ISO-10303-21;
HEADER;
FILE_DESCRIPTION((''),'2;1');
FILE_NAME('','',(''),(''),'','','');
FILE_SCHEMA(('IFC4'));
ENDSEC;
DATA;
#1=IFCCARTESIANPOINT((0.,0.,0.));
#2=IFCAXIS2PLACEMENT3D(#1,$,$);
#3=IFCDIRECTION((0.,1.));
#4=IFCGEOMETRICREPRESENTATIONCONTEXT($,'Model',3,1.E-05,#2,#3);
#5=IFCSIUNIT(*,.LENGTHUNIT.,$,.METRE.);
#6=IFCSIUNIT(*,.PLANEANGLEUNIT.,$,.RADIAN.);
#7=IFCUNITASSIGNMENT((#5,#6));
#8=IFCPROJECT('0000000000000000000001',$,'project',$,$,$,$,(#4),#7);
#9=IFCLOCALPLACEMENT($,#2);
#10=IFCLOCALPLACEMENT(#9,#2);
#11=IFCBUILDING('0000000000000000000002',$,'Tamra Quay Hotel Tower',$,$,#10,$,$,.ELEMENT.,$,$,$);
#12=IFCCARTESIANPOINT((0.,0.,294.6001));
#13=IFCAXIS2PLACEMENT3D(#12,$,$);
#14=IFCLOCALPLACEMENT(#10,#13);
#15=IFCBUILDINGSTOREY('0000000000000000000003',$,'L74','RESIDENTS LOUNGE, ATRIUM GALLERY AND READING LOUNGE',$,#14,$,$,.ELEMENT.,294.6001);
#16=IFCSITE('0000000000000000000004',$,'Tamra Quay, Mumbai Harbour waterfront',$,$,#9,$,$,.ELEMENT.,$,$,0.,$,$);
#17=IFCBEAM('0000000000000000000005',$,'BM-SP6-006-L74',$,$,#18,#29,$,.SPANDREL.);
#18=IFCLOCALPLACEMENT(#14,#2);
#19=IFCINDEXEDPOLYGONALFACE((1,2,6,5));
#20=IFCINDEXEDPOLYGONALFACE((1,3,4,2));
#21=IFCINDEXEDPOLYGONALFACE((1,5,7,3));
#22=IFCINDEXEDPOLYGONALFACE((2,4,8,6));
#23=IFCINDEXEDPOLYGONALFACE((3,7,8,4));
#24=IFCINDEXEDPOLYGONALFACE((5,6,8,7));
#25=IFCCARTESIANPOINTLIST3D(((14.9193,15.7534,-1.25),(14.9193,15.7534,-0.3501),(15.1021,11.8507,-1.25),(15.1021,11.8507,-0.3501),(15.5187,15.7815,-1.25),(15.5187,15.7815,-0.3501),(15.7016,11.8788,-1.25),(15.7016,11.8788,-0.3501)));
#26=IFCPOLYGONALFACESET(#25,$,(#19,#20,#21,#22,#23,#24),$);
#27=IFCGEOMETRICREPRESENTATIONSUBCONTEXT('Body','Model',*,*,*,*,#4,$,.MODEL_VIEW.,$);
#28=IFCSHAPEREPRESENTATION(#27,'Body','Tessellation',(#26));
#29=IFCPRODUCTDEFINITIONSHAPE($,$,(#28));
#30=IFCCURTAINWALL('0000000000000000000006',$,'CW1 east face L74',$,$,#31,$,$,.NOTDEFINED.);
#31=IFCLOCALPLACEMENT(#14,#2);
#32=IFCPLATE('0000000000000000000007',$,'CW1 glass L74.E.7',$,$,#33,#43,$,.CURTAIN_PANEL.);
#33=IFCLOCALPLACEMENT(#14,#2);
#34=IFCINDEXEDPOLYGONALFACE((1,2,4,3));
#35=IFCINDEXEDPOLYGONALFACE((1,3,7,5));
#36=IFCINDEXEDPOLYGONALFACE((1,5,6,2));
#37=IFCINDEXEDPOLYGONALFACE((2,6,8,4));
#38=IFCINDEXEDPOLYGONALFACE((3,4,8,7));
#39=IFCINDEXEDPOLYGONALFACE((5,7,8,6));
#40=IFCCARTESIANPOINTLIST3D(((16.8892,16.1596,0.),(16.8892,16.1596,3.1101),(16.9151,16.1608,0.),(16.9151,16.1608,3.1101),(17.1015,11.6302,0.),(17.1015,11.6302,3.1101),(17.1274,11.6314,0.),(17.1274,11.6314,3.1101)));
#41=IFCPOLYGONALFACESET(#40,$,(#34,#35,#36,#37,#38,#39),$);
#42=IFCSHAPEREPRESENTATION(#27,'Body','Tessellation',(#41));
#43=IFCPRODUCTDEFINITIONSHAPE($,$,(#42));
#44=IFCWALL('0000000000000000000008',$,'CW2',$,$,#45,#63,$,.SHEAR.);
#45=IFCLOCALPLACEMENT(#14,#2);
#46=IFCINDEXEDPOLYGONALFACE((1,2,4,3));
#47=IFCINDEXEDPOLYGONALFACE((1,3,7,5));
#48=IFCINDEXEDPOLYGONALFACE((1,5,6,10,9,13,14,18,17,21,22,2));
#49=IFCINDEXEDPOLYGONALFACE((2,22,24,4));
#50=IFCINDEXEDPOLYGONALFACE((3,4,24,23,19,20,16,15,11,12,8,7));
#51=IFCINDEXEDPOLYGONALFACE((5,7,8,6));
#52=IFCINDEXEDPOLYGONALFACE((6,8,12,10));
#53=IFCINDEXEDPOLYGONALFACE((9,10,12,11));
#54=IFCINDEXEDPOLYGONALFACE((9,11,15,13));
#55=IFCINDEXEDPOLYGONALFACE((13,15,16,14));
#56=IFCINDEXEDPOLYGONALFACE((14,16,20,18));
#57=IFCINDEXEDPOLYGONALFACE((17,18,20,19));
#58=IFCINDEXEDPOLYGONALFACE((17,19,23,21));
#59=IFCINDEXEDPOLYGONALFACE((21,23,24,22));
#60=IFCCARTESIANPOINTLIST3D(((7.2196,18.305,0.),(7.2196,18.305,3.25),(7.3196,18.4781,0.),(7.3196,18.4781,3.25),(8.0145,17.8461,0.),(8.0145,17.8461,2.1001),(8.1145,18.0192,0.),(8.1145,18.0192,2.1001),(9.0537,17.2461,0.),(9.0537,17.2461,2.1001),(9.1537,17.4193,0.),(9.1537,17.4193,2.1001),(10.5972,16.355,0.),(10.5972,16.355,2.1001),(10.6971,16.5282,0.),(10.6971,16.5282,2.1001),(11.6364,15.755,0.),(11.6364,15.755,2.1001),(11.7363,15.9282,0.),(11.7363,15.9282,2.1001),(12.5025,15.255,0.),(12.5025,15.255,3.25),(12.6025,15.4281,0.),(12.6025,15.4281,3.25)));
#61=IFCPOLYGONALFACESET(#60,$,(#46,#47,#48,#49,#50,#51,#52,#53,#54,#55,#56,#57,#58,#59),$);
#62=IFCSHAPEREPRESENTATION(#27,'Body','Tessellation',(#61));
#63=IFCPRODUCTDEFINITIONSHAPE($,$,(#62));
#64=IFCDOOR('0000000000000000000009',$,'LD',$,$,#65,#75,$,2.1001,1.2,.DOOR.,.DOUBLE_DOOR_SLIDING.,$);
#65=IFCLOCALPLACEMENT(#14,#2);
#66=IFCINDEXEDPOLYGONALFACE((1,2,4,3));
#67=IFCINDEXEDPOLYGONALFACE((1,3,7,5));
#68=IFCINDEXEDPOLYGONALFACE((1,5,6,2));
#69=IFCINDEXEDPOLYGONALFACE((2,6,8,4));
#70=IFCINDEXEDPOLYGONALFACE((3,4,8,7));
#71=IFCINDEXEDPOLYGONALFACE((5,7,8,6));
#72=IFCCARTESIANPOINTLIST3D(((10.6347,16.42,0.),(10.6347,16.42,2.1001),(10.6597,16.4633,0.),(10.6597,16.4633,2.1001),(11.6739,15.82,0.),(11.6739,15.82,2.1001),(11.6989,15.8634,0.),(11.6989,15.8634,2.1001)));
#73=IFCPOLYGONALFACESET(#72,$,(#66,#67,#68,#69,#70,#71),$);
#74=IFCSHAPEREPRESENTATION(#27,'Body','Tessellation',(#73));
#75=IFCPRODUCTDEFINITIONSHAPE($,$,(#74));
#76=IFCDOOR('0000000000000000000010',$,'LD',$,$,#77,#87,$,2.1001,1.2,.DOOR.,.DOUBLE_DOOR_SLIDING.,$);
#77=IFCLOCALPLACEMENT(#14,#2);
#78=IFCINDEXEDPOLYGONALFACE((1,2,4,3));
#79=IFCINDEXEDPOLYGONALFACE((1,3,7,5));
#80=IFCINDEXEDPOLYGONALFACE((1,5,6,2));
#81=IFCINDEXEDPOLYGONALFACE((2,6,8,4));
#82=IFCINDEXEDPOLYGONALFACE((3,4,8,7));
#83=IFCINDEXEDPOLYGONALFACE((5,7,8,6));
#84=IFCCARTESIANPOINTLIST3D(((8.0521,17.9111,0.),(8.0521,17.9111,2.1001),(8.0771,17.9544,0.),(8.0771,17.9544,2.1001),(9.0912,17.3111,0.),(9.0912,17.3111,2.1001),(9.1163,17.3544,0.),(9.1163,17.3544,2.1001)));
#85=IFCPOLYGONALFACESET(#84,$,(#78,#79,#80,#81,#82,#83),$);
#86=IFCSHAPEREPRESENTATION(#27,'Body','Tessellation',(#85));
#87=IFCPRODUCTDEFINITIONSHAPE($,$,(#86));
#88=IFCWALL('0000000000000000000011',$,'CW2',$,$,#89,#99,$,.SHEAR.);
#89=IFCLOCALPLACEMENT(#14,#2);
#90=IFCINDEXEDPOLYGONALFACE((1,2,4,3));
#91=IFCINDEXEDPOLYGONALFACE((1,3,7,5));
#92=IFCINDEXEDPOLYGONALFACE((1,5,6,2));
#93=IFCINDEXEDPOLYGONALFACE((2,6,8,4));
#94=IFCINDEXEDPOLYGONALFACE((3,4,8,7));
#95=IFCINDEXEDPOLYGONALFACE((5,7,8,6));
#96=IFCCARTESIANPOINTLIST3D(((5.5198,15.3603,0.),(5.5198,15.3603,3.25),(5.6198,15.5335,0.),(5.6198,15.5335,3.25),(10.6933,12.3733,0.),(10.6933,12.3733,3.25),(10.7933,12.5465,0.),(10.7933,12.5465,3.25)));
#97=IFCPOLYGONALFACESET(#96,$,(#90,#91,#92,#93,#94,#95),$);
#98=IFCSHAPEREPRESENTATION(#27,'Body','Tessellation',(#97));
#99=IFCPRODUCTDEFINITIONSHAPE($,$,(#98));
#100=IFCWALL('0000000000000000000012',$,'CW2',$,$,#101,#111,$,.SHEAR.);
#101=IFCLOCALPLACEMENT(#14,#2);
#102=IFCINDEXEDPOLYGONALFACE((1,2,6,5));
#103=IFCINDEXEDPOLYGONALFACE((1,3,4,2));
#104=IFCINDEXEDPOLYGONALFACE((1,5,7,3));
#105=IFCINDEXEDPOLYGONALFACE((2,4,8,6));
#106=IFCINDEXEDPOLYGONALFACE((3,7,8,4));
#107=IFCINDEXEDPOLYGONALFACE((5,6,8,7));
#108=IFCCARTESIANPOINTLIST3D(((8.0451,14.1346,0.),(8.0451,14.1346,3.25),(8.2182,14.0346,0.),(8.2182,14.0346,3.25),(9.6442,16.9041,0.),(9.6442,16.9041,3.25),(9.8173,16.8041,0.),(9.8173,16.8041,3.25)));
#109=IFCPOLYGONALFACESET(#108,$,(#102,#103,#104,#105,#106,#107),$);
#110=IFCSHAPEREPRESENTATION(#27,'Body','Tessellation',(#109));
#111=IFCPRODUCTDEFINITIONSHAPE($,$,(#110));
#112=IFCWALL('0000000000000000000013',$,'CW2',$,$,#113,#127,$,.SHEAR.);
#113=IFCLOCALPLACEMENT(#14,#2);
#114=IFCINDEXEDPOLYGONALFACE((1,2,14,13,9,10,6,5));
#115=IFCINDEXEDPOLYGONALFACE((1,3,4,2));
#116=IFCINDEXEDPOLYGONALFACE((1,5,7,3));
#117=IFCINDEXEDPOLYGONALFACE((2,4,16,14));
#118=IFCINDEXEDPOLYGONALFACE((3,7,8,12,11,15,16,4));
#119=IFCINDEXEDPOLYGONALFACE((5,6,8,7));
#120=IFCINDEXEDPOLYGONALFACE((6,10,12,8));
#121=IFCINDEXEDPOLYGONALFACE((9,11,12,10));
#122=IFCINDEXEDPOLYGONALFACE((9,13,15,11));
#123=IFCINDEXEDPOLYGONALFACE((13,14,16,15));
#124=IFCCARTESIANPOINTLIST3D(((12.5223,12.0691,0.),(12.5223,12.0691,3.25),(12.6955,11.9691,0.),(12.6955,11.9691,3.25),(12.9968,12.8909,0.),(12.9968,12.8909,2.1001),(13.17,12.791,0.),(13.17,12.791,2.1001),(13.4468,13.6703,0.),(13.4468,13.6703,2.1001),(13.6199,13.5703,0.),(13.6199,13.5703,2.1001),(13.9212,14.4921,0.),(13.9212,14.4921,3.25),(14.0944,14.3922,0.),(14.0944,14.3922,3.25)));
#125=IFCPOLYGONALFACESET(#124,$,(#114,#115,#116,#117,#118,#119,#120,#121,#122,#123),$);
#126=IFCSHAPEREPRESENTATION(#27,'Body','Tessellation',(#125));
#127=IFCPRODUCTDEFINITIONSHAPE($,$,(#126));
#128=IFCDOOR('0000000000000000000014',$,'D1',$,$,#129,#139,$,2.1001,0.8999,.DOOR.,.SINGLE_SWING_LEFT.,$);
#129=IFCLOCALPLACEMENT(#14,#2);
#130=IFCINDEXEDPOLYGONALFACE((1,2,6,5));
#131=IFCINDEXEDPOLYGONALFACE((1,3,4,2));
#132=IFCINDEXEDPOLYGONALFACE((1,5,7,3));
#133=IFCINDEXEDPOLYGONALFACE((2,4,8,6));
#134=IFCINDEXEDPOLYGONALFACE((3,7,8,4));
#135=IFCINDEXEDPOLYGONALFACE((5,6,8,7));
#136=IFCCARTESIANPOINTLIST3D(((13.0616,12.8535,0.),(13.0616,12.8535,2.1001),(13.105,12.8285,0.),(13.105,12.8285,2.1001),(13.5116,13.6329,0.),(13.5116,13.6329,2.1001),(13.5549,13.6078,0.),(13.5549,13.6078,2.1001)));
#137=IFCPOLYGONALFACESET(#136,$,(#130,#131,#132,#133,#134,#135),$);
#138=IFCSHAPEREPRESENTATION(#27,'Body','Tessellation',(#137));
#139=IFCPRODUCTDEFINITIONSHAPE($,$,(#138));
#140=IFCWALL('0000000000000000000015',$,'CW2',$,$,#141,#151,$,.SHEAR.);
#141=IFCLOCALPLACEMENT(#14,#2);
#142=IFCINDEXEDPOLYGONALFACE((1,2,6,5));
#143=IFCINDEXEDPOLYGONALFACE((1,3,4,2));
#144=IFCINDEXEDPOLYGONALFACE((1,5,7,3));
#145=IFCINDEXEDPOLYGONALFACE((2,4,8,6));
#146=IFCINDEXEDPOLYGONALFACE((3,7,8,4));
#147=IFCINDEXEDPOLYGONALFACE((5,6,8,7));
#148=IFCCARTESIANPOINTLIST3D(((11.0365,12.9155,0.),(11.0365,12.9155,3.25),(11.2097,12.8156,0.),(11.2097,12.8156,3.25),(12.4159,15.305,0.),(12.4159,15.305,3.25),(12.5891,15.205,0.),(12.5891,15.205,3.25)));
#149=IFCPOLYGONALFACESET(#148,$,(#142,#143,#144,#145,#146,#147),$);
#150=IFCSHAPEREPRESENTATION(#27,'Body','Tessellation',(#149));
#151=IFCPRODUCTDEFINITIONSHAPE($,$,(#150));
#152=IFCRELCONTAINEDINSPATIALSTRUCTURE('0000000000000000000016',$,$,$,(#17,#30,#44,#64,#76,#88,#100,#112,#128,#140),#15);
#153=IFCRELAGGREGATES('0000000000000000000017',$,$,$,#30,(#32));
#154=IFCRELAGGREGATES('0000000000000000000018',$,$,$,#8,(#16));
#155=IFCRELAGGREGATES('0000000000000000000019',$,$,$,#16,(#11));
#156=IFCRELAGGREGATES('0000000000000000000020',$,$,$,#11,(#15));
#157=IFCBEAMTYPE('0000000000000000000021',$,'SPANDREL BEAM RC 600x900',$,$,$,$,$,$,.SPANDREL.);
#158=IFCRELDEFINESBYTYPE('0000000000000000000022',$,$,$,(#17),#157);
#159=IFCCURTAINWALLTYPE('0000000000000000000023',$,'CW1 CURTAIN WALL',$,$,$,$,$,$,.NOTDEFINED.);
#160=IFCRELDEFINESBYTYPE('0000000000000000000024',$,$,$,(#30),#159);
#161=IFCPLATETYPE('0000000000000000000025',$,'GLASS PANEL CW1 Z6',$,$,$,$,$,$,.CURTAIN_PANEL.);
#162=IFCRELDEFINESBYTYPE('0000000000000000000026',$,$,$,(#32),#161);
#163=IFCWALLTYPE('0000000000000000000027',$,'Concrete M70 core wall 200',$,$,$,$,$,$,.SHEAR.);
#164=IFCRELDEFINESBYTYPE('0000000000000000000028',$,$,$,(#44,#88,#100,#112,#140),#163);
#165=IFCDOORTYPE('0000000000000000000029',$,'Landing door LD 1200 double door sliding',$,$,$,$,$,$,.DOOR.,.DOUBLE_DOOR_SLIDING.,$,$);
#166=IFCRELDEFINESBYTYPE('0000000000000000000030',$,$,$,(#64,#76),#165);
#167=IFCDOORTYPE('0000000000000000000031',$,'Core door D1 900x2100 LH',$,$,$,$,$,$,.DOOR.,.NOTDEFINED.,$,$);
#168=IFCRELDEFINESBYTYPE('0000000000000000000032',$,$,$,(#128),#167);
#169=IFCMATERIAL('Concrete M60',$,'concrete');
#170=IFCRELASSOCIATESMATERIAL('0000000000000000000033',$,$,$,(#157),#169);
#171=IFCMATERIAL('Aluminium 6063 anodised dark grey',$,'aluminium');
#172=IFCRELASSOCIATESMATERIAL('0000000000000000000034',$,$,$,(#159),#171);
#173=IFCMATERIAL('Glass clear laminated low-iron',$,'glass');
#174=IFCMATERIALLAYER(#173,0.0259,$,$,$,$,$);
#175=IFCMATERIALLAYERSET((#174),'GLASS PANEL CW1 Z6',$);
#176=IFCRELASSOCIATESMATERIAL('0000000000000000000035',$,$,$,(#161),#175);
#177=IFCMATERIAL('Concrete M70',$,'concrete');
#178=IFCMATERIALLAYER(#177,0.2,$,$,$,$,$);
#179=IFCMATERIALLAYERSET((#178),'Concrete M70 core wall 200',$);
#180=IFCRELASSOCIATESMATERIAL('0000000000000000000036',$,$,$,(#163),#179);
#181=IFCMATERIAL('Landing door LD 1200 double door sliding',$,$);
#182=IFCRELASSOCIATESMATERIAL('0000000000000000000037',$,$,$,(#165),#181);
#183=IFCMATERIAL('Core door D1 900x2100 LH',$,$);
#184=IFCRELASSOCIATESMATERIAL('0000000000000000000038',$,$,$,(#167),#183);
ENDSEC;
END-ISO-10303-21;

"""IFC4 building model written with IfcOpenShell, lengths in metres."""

from ifc_helpers import new_model, si_unit, direction, frame, frame_2d, origin, origin_2d, place, context, subcontext, project, spatial, rectangle, extrude, material, layer, layer_set, material_profile, profile_set, type_object, element, fill, aggregate, save


model = new_model("IFC4")

# Units and contexts
model_context = context("Model", 3, precision=1e-05, world=origin(), true_north=direction((0.0, 1.0)))
body_context = subcontext(model_context, "Body", "Model", "MODEL_VIEW")
ifc_project = project(units=[si_unit("LENGTHUNIT", "METRE"), si_unit("PLANEANGLEUNIT", "RADIAN")], contexts=[model_context])

# Site, building, storey
site_placement = place(None, origin())
site = spatial("IfcSite", under=ifc_project, at=site_placement, Name="Tamra Quay, Mumbai Harbour waterfront", CompositionType="ELEMENT", RefElevation=0.0)
building_placement = place(site_placement, origin())
building = spatial("IfcBuilding", under=site, at=building_placement, Name="Tamra Quay Hotel Tower", CompositionType="ELEMENT")
storey_placement = place(building_placement, frame((0.0, 0.0, 294.6001)))
storey = spatial("IfcBuildingStorey", under=building, at=storey_placement, Name="L74", Description="RESIDENTS LOUNGE, ATRIUM GALLERY AND READING LOUNGE", CompositionType="ELEMENT", Elevation=294.6001)

# Beam
ifc_material_1 = material(Name="Concrete M60", Category="concrete")
ifc_material_profile = material_profile(ifc_material_1, rectangle(XDim=0.6001, YDim=0.8999, at=origin_2d()), Name="SPANDREL BEAM RC 600x900")
ifc_profile_set = profile_set([ifc_material_profile], Name="Concrete M60")
beam_type = type_object("IfcBeamType", Name="SPANDREL BEAM RC 600x900", PredefinedType="SPANDREL", material=ifc_profile_set)
beam_placement = place(storey_placement, frame((15.4019, 11.8647, -0.8), z_axis=(-0.046805, 0.998904, 0.0), x_axis=(-0.998904, -0.046805, 0.0)))
element("IfcBeam", 1, at=beam_placement, inside=storey, type_object=beam_type, Name="BM-SP6-006-L74", PredefinedType="SPANDREL", context=body_context, shape_type="SweptSolid", body=[
    extrude(rectangle(XDim=0.6001, YDim=0.8999, at=origin_2d()), origin(), (0.0, 0.0, 1.0), 3.907),
])

# Curtain wall, plate
ifc_material_2 = material(Name="Aluminium 6063 anodised dark grey", Category="aluminium")
curtain_wall_type = type_object("IfcCurtainWallType", Name="CW1 CURTAIN WALL", PredefinedType="NOTDEFINED", material=ifc_material_2)
curtain_wall_placement = place(storey_placement, origin())
curtain_wall = element("IfcCurtainWall", 2, at=curtain_wall_placement, inside=storey, type_object=curtain_wall_type, Name="CW1 east face L74", PredefinedType="NOTDEFINED")
ifc_material_3 = material(Name="Glass clear laminated low-iron", Category="glass")
ifc_layer_1 = layer(ifc_material_3, 0.0259)
ifc_layer_set_1 = layer_set([ifc_layer_1], Name="GLASS PANEL CW1 Z6")
plate_type = type_object("IfcPlateType", Name="GLASS PANEL CW1 Z6", PredefinedType="CURTAIN_PANEL", material=ifc_layer_set_1)
plate_placement = place(storey_placement, frame((17.0083, 13.8955, 0.0), z_axis=(0.0, 0.0, 1.0), x_axis=(-0.046821, 0.998903, 0.0)))
plate = element("IfcPlate", 3, at=plate_placement, type_object=plate_type, Name="CW1 glass L74.E.7", PredefinedType="CURTAIN_PANEL", context=body_context, shape_type="SweptSolid", body=[
    extrude(rectangle(XDim=4.5344, YDim=0.0259, at=origin_2d()), origin(), (0.0, 0.0, 1.0), 3.1101),
])
aggregate(curtain_wall, [plate])

# Wall, openings, doors
ifc_material_4 = material(Name="Concrete M70", Category="concrete")
ifc_layer_2 = layer(ifc_material_4, 0.2)
ifc_layer_set_2 = layer_set([ifc_layer_2], Name="Concrete M70 core wall 200")
wall_type_1 = type_object("IfcWallType", Name="Concrete M70 core wall 200", PredefinedType="SHEAR", material=ifc_layer_set_2)
wall_1_placement = place(storey_placement, frame((12.5525, 15.3416, 0.0), z_axis=(0.0, 0.0, 1.0), x_axis=(-0.86603, 0.499992, 0.0)))
wall_1 = element("IfcWall", 4, at=wall_1_placement, inside=storey, type_object=wall_type_1, Name="CW2", PredefinedType="SHEAR", context=body_context, shape_type="SweptSolid", body=[
    extrude(rectangle(XDim=6.1001, YDim=0.2, at=frame_2d((3.05, 0.0))), origin(), (0.0, 0.0, 1.0), 3.25),
])
opening_1_placement = place(wall_1_placement, frame((1.0, 0.0, 0.0)))
opening_1 = element("IfcOpeningElement", 5, at=opening_1_placement, cuts=wall_1, PredefinedType="OPENING", context=body_context, shape_type="SweptSolid", body=[
    extrude(rectangle(XDim=1.2, YDim=2.1001, at=frame_2d((0.6001, 1.05))), frame((0.0, 0.1099, 0.0), z_axis=(0.0, -1.0, 0.0), x_axis=(1.0, 0.0, 0.0)), (0.0, 0.0, 1.0), 0.22),
])
opening_2_placement = place(wall_1_placement, frame((3.9822, 0.0, 0.0)))
opening_2 = element("IfcOpeningElement", 6, at=opening_2_placement, cuts=wall_1, PredefinedType="OPENING", context=body_context, shape_type="SweptSolid", body=[
    extrude(rectangle(XDim=1.2, YDim=2.1001, at=frame_2d((0.6001, 1.05))), frame((0.0, 0.1099, 0.0), z_axis=(0.0, -1.0, 0.0), x_axis=(1.0, 0.0, 0.0)), (0.0, 0.0, 1.0), 0.22),
])
ifc_material_5 = material(Name="Landing door LD 1200 double door sliding")
door_type_1 = type_object("IfcDoorType", Name="Landing door LD 1200 double door sliding", OperationType="DOUBLE_DOOR_SLIDING", PredefinedType="DOOR", material=ifc_material_5)
door_1_placement = place(opening_1_placement, origin())
door_1 = element("IfcDoor", 7, at=door_1_placement, inside=storey, type_object=door_type_1, Name="LD", OperationType="DOUBLE_DOOR_SLIDING", OverallHeight=2.1001, OverallWidth=1.2, PredefinedType="DOOR", context=body_context, shape_type="SweptSolid", body=[
    extrude(rectangle(XDim=1.2, YDim=2.1001, at=frame_2d((0.6001, 1.05))), frame((0.0, 0.0249, 0.0), z_axis=(0.0, -1.0, 0.0), x_axis=(1.0, 0.0, 0.0)), (0.0, 0.0, 1.0), 0.05),
])
fill(opening_1, door_1)
door_2_placement = place(opening_2_placement, origin())
door_2 = element("IfcDoor", 8, at=door_2_placement, inside=storey, type_object=door_type_1, Name="LD", OperationType="DOUBLE_DOOR_SLIDING", OverallHeight=2.1001, OverallWidth=1.2, PredefinedType="DOOR", context=body_context, shape_type="SweptSolid", body=[
    extrude(rectangle(XDim=1.2, YDim=2.1001, at=frame_2d((0.6001, 1.05))), frame((0.0, 0.0249, 0.0), z_axis=(0.0, -1.0, 0.0), x_axis=(1.0, 0.0, 0.0)), (0.0, 0.0, 1.0), 0.05),
])
fill(opening_2, door_2)

# Walls
wall_2_placement = place(storey_placement, frame((10.7432, 12.46, 0.0), z_axis=(0.0, 0.0, 1.0), x_axis=(-0.866019, 0.500011, 0.0)))
element("IfcWall", 9, at=wall_2_placement, inside=storey, type_object=wall_type_1, Name="CW2", PredefinedType="SHEAR", context=body_context, shape_type="SweptSolid", body=[
    extrude(rectangle(XDim=5.9739, YDim=0.2, at=frame_2d((2.9868, 0.0))), origin(), (0.0, 0.0, 1.0), 3.25),
])
wall_3_placement = place(storey_placement, frame((8.1316, 14.0845, 0.0), z_axis=(0.0, 0.0, 1.0), x_axis=(0.500031, 0.866008, 0.0)))
element("IfcWall", 10, at=wall_3_placement, inside=storey, type_object=wall_type_1, Name="CW2", PredefinedType="SHEAR", context=body_context, shape_type="SweptSolid", body=[
    extrude(rectangle(XDim=3.198, YDim=0.2, at=frame_2d((1.5991, 0.0))), origin(), (0.0, 0.0, 1.0), 3.25),
])

# Wall, opening, door
wall_4_placement = place(storey_placement, frame((14.0078, 14.4421, 0.0), z_axis=(0.0, 0.0, 1.0), x_axis=(-0.499987, -0.866033, 0.0)))
wall_4 = element("IfcWall", 11, at=wall_4_placement, inside=storey, type_object=wall_type_1, Name="CW2", PredefinedType="SHEAR", context=body_context, shape_type="SweptSolid", body=[
    extrude(rectangle(XDim=2.7979, YDim=0.2, at=frame_2d((1.3989, 0.0))), origin(), (0.0, 0.0, 1.0), 3.25),
])
opening_3_placement = place(wall_4_placement, frame((0.949, 0.0, 0.0)))
opening_3 = element("IfcOpeningElement", 12, at=opening_3_placement, cuts=wall_4, PredefinedType="OPENING", context=body_context, shape_type="SweptSolid", body=[
    extrude(rectangle(XDim=0.8999, YDim=2.1001, at=frame_2d((0.45, 1.05))), frame((0.0, 0.1099, 0.0), z_axis=(0.0, -1.0, 0.0), x_axis=(1.0, 0.0, 0.0)), (0.0, 0.0, 1.0), 0.22),
])
ifc_material_6 = material(Name="Core door D1 900x2100 LH")
door_type_2 = type_object("IfcDoorType", Name="Core door D1 900x2100 LH", OperationType="NOTDEFINED", PredefinedType="DOOR", material=ifc_material_6)
door_3_placement = place(opening_3_placement, origin())
door_3 = element("IfcDoor", 13, at=door_3_placement, inside=storey, type_object=door_type_2, Name="D1", OperationType="SINGLE_SWING_LEFT", OverallHeight=2.1001, OverallWidth=0.8999, PredefinedType="DOOR", context=body_context, shape_type="SweptSolid", body=[
    extrude(rectangle(XDim=0.8999, YDim=2.1001, at=frame_2d((0.45, 1.05))), frame((0.0, 0.0249, 0.0), z_axis=(0.0, -1.0, 0.0), x_axis=(1.0, 0.0, 0.0)), (0.0, 0.0, 1.0), 0.05),
])
fill(opening_3, door_3)

# Wall
wall_5_placement = place(storey_placement, frame((12.5024, 15.2549, 0.0), z_axis=(0.0, 0.0, 1.0), x_axis=(-0.499965, -0.866046, 0.0)))
element("IfcWall", 14, at=wall_5_placement, inside=storey, type_object=wall_type_1, Name="CW2", PredefinedType="SHEAR", context=body_context, shape_type="SweptSolid", body=[
    extrude(rectangle(XDim=2.759, YDim=0.2, at=frame_2d((1.3794, 0.0))), origin(), (0.0, 0.0, 1.0), 3.25),
])

save(model, "model.ifc")
